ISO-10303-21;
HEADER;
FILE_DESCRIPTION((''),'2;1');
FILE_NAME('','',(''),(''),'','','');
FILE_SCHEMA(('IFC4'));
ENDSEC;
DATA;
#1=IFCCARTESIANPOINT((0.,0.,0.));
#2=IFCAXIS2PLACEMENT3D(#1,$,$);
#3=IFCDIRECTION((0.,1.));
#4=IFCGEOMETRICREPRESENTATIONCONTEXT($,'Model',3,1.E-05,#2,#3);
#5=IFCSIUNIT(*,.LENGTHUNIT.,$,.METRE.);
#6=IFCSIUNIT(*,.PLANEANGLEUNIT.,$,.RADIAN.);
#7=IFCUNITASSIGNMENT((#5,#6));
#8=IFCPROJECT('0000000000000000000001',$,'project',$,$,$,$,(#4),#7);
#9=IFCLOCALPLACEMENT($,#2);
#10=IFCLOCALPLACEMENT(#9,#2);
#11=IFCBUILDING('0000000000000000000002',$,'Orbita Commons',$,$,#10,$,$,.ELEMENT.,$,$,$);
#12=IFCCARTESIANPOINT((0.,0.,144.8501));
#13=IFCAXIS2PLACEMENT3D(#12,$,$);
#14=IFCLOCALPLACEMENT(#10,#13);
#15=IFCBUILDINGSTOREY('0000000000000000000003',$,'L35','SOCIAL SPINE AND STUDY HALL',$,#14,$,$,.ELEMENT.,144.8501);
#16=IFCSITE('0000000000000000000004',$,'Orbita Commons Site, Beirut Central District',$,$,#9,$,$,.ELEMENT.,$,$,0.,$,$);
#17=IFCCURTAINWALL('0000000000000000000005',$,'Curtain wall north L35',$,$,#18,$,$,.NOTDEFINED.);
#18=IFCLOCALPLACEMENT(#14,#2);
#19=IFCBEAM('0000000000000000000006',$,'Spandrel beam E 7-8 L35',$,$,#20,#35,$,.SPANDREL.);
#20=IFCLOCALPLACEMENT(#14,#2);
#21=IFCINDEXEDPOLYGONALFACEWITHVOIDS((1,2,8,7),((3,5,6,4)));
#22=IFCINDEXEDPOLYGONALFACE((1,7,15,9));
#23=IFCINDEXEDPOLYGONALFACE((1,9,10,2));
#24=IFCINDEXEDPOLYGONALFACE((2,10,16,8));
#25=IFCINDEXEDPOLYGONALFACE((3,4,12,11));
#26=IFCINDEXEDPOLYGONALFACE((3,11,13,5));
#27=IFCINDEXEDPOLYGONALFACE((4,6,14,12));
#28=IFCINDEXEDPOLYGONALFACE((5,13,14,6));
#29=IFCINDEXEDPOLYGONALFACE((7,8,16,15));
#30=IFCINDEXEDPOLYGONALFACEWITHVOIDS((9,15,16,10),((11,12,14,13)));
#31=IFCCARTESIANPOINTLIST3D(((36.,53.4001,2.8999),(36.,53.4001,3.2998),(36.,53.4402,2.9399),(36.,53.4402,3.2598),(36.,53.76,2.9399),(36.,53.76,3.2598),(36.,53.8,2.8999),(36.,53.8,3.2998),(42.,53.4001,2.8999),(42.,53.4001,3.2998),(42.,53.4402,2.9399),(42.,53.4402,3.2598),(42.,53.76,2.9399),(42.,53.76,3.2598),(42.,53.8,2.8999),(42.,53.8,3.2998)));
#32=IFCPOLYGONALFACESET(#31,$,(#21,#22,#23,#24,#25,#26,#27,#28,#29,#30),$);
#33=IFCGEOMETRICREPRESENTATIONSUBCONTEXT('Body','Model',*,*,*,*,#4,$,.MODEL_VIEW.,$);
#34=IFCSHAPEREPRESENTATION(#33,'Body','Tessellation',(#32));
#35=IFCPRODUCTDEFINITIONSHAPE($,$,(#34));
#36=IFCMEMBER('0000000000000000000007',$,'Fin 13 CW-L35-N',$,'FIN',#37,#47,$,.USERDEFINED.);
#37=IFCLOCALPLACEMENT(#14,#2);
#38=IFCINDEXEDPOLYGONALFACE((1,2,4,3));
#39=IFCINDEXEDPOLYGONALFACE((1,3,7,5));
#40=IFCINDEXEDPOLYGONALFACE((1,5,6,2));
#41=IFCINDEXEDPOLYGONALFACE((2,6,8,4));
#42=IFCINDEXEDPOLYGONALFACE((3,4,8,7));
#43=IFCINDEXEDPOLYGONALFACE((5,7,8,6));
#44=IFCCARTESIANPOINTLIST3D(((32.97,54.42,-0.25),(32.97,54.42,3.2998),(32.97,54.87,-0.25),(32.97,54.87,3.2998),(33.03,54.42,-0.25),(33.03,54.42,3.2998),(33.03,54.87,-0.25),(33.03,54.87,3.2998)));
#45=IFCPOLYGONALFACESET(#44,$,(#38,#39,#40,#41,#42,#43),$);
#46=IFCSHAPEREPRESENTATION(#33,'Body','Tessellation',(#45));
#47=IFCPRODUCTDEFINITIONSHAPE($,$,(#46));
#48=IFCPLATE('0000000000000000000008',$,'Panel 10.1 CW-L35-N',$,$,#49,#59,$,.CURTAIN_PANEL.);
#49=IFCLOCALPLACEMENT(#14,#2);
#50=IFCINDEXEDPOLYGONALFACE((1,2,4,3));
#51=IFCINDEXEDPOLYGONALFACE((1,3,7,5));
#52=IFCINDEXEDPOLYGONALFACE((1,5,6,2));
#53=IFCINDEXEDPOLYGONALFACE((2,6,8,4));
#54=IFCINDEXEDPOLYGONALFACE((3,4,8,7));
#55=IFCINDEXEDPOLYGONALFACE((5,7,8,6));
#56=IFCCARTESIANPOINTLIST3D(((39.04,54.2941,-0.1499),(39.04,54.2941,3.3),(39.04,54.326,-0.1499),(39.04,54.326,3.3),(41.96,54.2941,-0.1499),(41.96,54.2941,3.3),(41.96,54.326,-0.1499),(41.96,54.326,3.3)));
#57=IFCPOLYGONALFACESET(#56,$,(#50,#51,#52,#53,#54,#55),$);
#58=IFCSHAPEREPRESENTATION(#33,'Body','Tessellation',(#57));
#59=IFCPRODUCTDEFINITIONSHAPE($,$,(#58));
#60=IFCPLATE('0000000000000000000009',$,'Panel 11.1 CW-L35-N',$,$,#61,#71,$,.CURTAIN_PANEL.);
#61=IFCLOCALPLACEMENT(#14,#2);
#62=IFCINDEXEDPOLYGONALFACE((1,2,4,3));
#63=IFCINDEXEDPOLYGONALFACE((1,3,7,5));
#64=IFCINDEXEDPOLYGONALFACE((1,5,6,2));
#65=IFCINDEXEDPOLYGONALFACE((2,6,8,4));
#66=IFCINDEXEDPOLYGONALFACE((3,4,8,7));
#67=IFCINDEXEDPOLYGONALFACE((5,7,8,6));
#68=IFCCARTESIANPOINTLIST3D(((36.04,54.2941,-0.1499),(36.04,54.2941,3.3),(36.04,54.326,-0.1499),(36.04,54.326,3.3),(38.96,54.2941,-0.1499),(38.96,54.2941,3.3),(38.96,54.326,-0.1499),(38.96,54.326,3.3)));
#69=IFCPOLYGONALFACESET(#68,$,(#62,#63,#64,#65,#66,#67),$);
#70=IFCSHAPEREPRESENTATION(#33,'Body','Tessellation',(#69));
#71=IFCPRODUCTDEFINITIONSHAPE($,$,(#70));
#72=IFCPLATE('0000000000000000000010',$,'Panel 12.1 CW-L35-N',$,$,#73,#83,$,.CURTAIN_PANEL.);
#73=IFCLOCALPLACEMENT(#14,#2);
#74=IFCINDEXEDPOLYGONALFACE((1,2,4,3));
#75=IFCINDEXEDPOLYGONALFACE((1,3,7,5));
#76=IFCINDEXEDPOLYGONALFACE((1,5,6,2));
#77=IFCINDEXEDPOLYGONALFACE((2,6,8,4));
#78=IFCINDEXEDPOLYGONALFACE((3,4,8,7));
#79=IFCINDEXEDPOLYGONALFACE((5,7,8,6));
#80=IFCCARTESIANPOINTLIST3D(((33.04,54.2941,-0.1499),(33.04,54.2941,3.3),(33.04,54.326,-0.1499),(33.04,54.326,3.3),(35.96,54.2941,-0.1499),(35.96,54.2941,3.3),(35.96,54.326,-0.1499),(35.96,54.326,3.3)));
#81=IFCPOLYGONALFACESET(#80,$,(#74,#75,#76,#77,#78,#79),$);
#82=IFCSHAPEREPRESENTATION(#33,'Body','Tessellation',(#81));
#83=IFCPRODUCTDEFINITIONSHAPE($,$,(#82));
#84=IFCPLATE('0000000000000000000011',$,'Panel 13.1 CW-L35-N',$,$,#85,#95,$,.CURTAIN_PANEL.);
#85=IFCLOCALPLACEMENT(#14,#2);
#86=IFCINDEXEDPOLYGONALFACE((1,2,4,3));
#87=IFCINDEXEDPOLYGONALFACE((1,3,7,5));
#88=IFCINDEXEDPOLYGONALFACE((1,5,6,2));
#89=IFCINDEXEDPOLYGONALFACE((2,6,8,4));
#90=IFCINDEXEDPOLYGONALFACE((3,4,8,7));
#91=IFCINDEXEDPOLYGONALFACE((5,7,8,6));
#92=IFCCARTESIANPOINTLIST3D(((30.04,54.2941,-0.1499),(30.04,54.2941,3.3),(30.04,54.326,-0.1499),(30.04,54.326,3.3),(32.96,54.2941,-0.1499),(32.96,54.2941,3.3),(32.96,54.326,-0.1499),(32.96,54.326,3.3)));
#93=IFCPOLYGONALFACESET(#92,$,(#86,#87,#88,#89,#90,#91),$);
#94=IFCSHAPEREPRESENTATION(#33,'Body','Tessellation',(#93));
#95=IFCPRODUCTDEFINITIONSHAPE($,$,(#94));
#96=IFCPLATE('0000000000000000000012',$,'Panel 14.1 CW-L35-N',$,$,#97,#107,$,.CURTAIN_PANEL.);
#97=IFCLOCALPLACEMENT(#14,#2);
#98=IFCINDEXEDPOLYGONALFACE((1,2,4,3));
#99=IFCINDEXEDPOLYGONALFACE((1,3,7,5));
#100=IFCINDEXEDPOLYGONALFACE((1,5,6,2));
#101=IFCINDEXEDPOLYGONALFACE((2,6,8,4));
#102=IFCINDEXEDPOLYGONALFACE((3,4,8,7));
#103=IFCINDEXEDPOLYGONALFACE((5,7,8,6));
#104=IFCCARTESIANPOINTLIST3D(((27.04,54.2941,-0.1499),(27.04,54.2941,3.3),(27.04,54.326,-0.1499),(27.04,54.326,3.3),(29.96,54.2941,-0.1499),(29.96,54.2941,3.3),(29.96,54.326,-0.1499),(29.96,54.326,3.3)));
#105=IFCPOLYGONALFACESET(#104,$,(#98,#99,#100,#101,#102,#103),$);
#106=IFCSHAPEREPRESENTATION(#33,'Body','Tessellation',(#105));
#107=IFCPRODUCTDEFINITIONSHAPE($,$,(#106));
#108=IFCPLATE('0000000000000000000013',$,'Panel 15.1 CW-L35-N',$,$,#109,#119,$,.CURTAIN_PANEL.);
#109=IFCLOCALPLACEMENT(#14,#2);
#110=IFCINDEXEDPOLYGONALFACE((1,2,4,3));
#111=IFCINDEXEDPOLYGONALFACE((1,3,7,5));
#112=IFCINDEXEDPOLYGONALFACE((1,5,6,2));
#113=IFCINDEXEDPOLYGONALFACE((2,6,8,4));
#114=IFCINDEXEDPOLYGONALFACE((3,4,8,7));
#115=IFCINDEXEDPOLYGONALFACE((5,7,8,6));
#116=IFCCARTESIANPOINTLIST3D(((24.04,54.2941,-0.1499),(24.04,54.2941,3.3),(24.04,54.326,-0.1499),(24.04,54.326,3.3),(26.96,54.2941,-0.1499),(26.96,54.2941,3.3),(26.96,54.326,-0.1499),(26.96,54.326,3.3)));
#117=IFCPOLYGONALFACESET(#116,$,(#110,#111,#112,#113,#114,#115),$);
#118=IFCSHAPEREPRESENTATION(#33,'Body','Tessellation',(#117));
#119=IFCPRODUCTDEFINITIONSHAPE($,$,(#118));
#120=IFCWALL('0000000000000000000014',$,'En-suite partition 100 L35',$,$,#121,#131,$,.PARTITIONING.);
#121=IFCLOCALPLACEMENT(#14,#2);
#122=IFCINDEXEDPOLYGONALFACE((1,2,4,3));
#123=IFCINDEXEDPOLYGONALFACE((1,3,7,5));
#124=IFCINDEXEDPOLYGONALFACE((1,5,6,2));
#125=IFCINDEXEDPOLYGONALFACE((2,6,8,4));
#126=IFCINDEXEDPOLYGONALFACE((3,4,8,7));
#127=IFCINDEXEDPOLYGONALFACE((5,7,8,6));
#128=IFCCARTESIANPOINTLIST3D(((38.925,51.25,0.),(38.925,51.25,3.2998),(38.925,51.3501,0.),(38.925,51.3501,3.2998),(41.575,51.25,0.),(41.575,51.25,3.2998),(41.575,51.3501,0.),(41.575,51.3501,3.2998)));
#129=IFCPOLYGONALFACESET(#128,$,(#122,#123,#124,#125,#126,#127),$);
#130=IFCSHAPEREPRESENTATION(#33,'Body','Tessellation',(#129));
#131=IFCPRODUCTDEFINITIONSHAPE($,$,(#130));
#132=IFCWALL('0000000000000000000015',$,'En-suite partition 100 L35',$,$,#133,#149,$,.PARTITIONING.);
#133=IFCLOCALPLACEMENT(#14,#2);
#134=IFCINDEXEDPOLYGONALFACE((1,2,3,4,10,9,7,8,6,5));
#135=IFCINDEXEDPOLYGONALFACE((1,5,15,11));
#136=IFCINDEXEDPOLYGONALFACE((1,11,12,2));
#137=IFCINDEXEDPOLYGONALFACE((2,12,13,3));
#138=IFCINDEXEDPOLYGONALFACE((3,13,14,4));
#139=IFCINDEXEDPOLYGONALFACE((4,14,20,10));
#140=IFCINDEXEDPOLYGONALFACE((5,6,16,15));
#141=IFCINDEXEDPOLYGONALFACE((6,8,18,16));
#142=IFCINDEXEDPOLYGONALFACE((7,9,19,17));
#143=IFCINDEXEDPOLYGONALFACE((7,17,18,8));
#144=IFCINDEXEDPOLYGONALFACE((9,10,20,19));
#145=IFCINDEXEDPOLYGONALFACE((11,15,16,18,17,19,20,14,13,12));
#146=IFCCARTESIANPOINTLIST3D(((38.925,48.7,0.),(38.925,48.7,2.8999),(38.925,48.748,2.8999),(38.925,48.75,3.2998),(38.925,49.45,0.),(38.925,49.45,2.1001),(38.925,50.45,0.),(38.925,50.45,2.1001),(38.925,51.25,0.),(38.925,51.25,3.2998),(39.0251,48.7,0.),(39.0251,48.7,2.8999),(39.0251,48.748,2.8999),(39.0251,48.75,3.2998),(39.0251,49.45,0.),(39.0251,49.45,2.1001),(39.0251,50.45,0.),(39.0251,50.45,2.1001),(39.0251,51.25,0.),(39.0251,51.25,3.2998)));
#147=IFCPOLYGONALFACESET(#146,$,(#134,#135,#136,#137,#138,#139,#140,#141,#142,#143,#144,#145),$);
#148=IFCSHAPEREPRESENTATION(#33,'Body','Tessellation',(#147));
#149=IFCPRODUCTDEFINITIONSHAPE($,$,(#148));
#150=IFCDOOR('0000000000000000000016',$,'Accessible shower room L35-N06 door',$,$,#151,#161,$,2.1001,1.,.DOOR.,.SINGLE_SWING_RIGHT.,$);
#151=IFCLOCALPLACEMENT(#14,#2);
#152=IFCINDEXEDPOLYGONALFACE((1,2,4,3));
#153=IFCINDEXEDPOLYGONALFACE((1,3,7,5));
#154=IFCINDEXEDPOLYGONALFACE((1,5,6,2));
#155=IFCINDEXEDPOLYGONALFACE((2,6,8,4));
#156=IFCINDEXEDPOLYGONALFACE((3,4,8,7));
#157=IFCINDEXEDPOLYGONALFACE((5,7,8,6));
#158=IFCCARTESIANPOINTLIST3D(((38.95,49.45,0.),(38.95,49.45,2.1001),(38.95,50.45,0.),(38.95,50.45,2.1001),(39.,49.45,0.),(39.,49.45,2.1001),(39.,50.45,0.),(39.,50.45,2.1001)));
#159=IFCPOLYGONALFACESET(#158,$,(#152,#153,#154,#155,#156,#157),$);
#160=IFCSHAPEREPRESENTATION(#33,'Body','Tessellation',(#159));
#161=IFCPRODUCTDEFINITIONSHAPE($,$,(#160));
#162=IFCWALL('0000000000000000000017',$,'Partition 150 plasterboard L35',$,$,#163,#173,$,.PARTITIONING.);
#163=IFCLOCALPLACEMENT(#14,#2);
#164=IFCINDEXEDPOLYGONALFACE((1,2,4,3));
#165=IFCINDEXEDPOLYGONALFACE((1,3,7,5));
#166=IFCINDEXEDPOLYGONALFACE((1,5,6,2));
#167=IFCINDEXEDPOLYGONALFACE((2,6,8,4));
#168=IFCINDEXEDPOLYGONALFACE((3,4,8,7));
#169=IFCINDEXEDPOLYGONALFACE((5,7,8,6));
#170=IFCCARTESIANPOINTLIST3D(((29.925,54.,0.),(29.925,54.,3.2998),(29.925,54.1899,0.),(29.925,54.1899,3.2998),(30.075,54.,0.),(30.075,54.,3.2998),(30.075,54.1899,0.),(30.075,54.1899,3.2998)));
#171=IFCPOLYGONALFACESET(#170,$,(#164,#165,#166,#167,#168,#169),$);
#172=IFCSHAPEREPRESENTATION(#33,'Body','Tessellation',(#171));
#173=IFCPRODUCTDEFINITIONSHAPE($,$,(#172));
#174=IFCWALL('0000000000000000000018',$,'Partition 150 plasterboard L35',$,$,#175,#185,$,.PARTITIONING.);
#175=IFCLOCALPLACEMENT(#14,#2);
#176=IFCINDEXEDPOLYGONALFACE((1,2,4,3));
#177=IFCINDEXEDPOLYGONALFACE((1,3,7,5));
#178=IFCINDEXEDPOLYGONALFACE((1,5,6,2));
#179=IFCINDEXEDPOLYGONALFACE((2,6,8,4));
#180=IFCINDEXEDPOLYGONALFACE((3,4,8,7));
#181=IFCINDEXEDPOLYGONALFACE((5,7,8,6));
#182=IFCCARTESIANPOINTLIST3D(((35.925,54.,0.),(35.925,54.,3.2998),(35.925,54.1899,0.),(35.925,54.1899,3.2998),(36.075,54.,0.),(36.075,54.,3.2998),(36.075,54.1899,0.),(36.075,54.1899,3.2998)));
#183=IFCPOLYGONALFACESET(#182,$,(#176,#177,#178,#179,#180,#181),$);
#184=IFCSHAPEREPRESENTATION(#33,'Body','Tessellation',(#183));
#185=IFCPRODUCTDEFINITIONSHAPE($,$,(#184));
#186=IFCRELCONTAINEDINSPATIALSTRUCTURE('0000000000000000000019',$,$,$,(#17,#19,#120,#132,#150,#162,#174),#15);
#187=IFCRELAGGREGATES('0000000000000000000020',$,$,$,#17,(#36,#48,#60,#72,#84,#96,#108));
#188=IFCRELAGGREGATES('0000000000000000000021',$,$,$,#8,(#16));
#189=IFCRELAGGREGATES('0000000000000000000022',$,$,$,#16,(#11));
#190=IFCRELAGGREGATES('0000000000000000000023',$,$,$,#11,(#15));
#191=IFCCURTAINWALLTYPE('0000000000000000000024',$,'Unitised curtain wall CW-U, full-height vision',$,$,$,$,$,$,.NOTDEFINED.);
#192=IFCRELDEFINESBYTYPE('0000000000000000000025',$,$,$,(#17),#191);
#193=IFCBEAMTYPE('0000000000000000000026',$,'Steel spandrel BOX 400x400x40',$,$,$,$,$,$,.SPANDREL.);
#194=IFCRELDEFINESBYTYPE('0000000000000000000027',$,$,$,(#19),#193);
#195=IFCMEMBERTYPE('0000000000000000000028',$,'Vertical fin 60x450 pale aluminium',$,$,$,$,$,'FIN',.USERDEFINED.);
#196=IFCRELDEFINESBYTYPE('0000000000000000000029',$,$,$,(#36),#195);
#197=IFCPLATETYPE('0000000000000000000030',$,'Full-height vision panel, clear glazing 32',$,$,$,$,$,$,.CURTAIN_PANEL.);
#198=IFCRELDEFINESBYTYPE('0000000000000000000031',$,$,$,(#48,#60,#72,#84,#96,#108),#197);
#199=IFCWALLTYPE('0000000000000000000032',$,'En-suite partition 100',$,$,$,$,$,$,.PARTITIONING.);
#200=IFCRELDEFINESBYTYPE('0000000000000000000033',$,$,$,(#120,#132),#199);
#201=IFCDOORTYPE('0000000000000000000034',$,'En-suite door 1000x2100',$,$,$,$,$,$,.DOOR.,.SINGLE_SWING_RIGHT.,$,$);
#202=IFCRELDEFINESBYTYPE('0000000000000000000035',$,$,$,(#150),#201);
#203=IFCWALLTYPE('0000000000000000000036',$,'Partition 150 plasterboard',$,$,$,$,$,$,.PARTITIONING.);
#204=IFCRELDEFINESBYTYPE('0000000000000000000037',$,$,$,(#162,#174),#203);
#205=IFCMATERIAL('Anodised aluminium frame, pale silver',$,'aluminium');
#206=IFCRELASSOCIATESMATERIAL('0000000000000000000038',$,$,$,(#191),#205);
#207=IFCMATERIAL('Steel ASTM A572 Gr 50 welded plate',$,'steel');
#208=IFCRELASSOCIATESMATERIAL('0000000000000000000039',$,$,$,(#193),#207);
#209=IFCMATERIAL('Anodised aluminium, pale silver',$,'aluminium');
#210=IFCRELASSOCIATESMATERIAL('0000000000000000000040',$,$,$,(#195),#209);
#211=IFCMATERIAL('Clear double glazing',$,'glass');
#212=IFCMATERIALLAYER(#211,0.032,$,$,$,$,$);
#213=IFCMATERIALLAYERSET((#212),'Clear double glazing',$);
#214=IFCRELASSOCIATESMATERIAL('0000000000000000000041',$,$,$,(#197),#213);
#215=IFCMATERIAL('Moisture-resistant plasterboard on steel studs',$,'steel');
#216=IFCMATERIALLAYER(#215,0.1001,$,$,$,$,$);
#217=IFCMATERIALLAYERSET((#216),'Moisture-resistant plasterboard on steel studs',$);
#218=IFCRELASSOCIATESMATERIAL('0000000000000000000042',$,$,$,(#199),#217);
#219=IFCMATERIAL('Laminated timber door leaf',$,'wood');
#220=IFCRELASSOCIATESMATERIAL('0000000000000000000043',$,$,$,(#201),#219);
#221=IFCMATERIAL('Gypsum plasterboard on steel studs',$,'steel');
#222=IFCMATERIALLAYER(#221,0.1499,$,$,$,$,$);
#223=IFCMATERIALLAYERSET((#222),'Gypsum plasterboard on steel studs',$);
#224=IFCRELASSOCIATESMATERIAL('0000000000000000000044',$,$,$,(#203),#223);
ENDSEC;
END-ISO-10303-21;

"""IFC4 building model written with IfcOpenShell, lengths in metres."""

from ifc_helpers import new_model, si_unit, direction, frame, frame_2d, origin, origin_2d, place, context, subcontext, project, spatial, polyline, rectangle, hollow_rectangle, outline, extrude, material, layer, layer_set, material_profile, profile_set, type_object, element, fill, aggregate, save


model = new_model("IFC4")

# Units and contexts
model_context = context("Model", 3, precision=1e-05, world=origin(), true_north=direction((0.0, 1.0)))
body_context = subcontext(model_context, "Body", "Model", "MODEL_VIEW")
ifc_project = project(units=[si_unit("LENGTHUNIT", "METRE"), si_unit("PLANEANGLEUNIT", "RADIAN")], contexts=[model_context])

# Site, building, storey
site_placement = place(None, origin())
site = spatial("IfcSite", under=ifc_project, at=site_placement, Name="Orbita Commons Site, Beirut Central District", CompositionType="ELEMENT", RefElevation=0.0)
building_placement = place(site_placement, origin())
building = spatial("IfcBuilding", under=site, at=building_placement, Name="Orbita Commons", CompositionType="ELEMENT")
storey_placement = place(building_placement, frame((0.0, 0.0, 144.8501)))
storey = spatial("IfcBuildingStorey", under=building, at=storey_placement, Name="L35", Description="SOCIAL SPINE AND STUDY HALL", CompositionType="ELEMENT", Elevation=144.8501)

# Curtain wall
ifc_material_1 = material(Name="Anodised aluminium frame, pale silver", Category="aluminium")
curtain_wall_type = type_object("IfcCurtainWallType", Name="Unitised curtain wall CW-U, full-height vision", PredefinedType="NOTDEFINED", material=ifc_material_1)
curtain_wall_placement = place(storey_placement, origin())
curtain_wall = element("IfcCurtainWall", 1, at=curtain_wall_placement, inside=storey, type_object=curtain_wall_type, Name="Curtain wall north L35", PredefinedType="NOTDEFINED")

# Beam
ifc_material_2 = material(Name="Steel ASTM A572 Gr 50 welded plate", Category="steel")
ifc_material_profile_1 = material_profile(ifc_material_2, hollow_rectangle(XDim=0.3999, YDim=0.3999, WallThickness=0.04, at=origin_2d()), Name="BOX 400x400x40")
ifc_profile_set_1 = profile_set([ifc_material_profile_1], Name="Steel ASTM A572 Gr 50 welded plate")
beam_type = type_object("IfcBeamType", Name="Steel spandrel BOX 400x400x40", PredefinedType="SPANDREL", material=ifc_profile_set_1)
for number, where, z_axis, x_axis, name in (
    (2, (36.0, 53.6001, 3.0999), (1.0, 0.0, 0.0), (0.0, 1.0, 0.0), "Spandrel beam E 7-8 L35"),
):
    element("IfcBeam", number, at=place(storey_placement, frame(where, z_axis=z_axis, x_axis=x_axis)), inside=storey, type_object=beam_type, Name=name, PredefinedType="SPANDREL", context=body_context, shape_type="SweptSolid", body=[
        extrude(hollow_rectangle(XDim=0.3999, YDim=0.3999, WallThickness=0.04, at=origin_2d()), origin(), (0.0, 0.0, 1.0), 6.0),
    ])

# Member
ifc_material_3 = material(Name="Anodised aluminium, pale silver", Category="aluminium")
ifc_material_profile_2 = material_profile(ifc_material_3, rectangle(XDim=0.0601, YDim=0.45, at=origin_2d()), Name="FIN 60x450")
ifc_profile_set_2 = profile_set([ifc_material_profile_2], Name="Anodised aluminium, pale silver")
member_type_1 = type_object("IfcMemberType", Name="Vertical fin 60x450 pale aluminium", ElementType="FIN", PredefinedType="USERDEFINED", material=ifc_profile_set_2)
member_1_placement = place(storey_placement, frame((33.0, 54.645, -0.25), z_axis=(0.0, 0.0, 1.0), x_axis=(-1.0, 0.0, 0.0)))
member_1 = element("IfcMember", 3, at=member_1_placement, type_object=member_type_1, Name="Fin 13 CW-L35-N", ObjectType="FIN", PredefinedType="USERDEFINED", context=body_context, shape_type="SweptSolid", body=[
    extrude(rectangle(XDim=0.0601, YDim=0.45, at=origin_2d()), origin(), (0.0, 0.0, 1.0), 3.5498),
])

# Plates
ifc_material_4 = material(Name="Clear double glazing", Category="glass")
ifc_layer_1 = layer(ifc_material_4, 0.032)
ifc_layer_set_1 = layer_set([ifc_layer_1], Name="Clear double glazing")
plate_type = type_object("IfcPlateType", Name="Full-height vision panel, clear glazing 32", PredefinedType="CURTAIN_PANEL", material=ifc_layer_set_1)
plate_1_placement = place(storey_placement, frame((40.5, 54.3101, -0.1499), z_axis=(0.0, 0.0, 1.0), x_axis=(-1.0, 0.0, 0.0)))
plate_1 = element("IfcPlate", 4, at=plate_1_placement, type_object=plate_type, Name="Panel 10.1 CW-L35-N", PredefinedType="CURTAIN_PANEL", context=body_context, shape_type="SweptSolid", body=[
    extrude(rectangle(XDim=2.9199, YDim=0.032, at=origin_2d()), origin(), (0.0, 0.0, 1.0), 3.45),
])
plate_2_placement = place(storey_placement, frame((37.5, 54.3101, -0.1499), z_axis=(0.0, 0.0, 1.0), x_axis=(-1.0, 0.0, 0.0)))
plate_2 = element("IfcPlate", 5, at=plate_2_placement, type_object=plate_type, Name="Panel 11.1 CW-L35-N", PredefinedType="CURTAIN_PANEL", context=body_context, shape_type="SweptSolid", body=[
    extrude(rectangle(XDim=2.9199, YDim=0.032, at=origin_2d()), origin(), (0.0, 0.0, 1.0), 3.45),
])
plate_3_placement = place(storey_placement, frame((34.5, 54.3101, -0.1499), z_axis=(0.0, 0.0, 1.0), x_axis=(-1.0, 0.0, 0.0)))
plate_3 = element("IfcPlate", 6, at=plate_3_placement, type_object=plate_type, Name="Panel 12.1 CW-L35-N", PredefinedType="CURTAIN_PANEL", context=body_context, shape_type="SweptSolid", body=[
    extrude(rectangle(XDim=2.9199, YDim=0.032, at=origin_2d()), origin(), (0.0, 0.0, 1.0), 3.45),
])
plate_4_placement = place(storey_placement, frame((31.5, 54.3101, -0.1499), z_axis=(0.0, 0.0, 1.0), x_axis=(-1.0, 0.0, 0.0)))
plate_4 = element("IfcPlate", 7, at=plate_4_placement, type_object=plate_type, Name="Panel 13.1 CW-L35-N", PredefinedType="CURTAIN_PANEL", context=body_context, shape_type="SweptSolid", body=[
    extrude(rectangle(XDim=2.9199, YDim=0.032, at=origin_2d()), origin(), (0.0, 0.0, 1.0), 3.45),
])
plate_5_placement = place(storey_placement, frame((28.5, 54.3101, -0.1499), z_axis=(0.0, 0.0, 1.0), x_axis=(-1.0, 0.0, 0.0)))
plate_5 = element("IfcPlate", 8, at=plate_5_placement, type_object=plate_type, Name="Panel 14.1 CW-L35-N", PredefinedType="CURTAIN_PANEL", context=body_context, shape_type="SweptSolid", body=[
    extrude(rectangle(XDim=2.9199, YDim=0.032, at=origin_2d()), origin(), (0.0, 0.0, 1.0), 3.45),
])
plate_6_placement = place(storey_placement, frame((25.5, 54.3101, -0.1499), z_axis=(0.0, 0.0, 1.0), x_axis=(-1.0, 0.0, 0.0)))
plate_6 = element("IfcPlate", 9, at=plate_6_placement, type_object=plate_type, Name="Panel 15.1 CW-L35-N", PredefinedType="CURTAIN_PANEL", context=body_context, shape_type="SweptSolid", body=[
    extrude(rectangle(XDim=2.9199, YDim=0.032, at=origin_2d()), origin(), (0.0, 0.0, 1.0), 3.45),
])
aggregate(curtain_wall, [member_1, plate_1, plate_2, plate_3, plate_4, plate_5, plate_6])

# Wall
ifc_material_5 = material(Name="Moisture-resistant plasterboard on steel studs", Category="steel")
ifc_layer_2 = layer(ifc_material_5, 0.1001)
ifc_layer_set_2 = layer_set([ifc_layer_2], Name="Moisture-resistant plasterboard on steel studs")
wall_type_1 = type_object("IfcWallType", Name="En-suite partition 100", PredefinedType="PARTITIONING", material=ifc_layer_set_2)
wall_1_placement = place(storey_placement, frame((38.925, 51.3, 0.0), z_axis=(0.0, 0.0, 1.0), x_axis=(1.0, 0.0, 0.0)))
element("IfcWall", 10, at=wall_1_placement, inside=storey, type_object=wall_type_1, Name="En-suite partition 100 L35", PredefinedType="PARTITIONING", context=body_context, shape_type="SweptSolid", body=[
    extrude(rectangle(XDim=2.6499, YDim=0.1001, at=frame_2d((1.325, 0.0))), origin(), (0.0, 0.0, 1.0), 3.2998),
])

# Wall, opening, door
wall_2_placement = place(storey_placement, frame((38.9751, 51.25, 0.0), z_axis=(0.0, 0.0, 1.0), x_axis=(0.0, -1.0, 0.0)))
wall_2 = element("IfcWall", 11, at=wall_2_placement, inside=storey, type_object=wall_type_1, Name="En-suite partition 100 L35", PredefinedType="PARTITIONING", context=body_context, shape_type="SweptSolid", body=[
    extrude(outline(polyline([(0.0, 0.0), (2.55, 0.0), (2.55, 2.8999), (2.502, 2.8999), (2.5, 3.2998), (0.0, 3.2998), (0.0, 0.0)])), frame((0.0, 0.05, 0.0), z_axis=(0.0, -1.0, 0.0), x_axis=(1.0, 0.0, 0.0)), (0.0, 0.0, 1.0), 0.1001),
])
opening_placement = place(wall_2_placement, frame((0.8, 0.0, 0.0)))
opening = element("IfcOpeningElement", 12, at=opening_placement, cuts=wall_2, PredefinedType="OPENING", context=body_context, shape_type="SweptSolid", body=[
    extrude(rectangle(XDim=1.0, YDim=2.1001, at=frame_2d((0.5, 1.05))), frame((0.0, 0.0601, 0.0), z_axis=(0.0, -1.0, 0.0), x_axis=(1.0, 0.0, 0.0)), (0.0, 0.0, 1.0), 0.1201),
])
ifc_material_6 = material(Name="Laminated timber door leaf", Category="wood")
door_type = type_object("IfcDoorType", Name="En-suite door 1000x2100", OperationType="SINGLE_SWING_RIGHT", PredefinedType="DOOR", material=ifc_material_6)
door_placement = place(opening_placement, origin())
door = element("IfcDoor", 13, at=door_placement, inside=storey, type_object=door_type, Name="Accessible shower room L35-N06 door", OperationType="SINGLE_SWING_RIGHT", OverallHeight=2.1001, OverallWidth=1.0, PredefinedType="DOOR", context=body_context, shape_type="SweptSolid", body=[
    extrude(rectangle(XDim=1.0, YDim=2.1001, at=frame_2d((0.5, 1.05))), frame((0.0, 0.0249, 0.0), z_axis=(0.0, -1.0, 0.0), x_axis=(1.0, 0.0, 0.0)), (0.0, 0.0, 1.0), 0.05),
])
fill(opening, door)

# Walls
ifc_material_7 = material(Name="Gypsum plasterboard on steel studs", Category="steel")
ifc_layer_3 = layer(ifc_material_7, 0.1499)
ifc_layer_set_3 = layer_set([ifc_layer_3], Name="Gypsum plasterboard on steel studs")
wall_type_2 = type_object("IfcWallType", Name="Partition 150 plasterboard", PredefinedType="PARTITIONING", material=ifc_layer_set_3)
for number, where, z_axis, x_axis, name in (
    (14, (30.0, 54.0, 0.0), (0.0, 0.0, 1.0), (0.0, 1.0, 0.0), "Partition 150 plasterboard L35"),
    (15, (36.0, 54.0, 0.0), (0.0, 0.0, 1.0), (0.0, 1.0, 0.0), "Partition 150 plasterboard L35"),
):
    element("IfcWall", number, at=place(storey_placement, frame(where, z_axis=z_axis, x_axis=x_axis)), inside=storey, type_object=wall_type_2, Name=name, PredefinedType="PARTITIONING", context=body_context, shape_type="SweptSolid", body=[
        extrude(rectangle(XDim=0.1899, YDim=0.1499, at=frame_2d((0.095, 0.0))), origin(), (0.0, 0.0, 1.0), 3.2998),
    ])

save(model, "model.ifc")
